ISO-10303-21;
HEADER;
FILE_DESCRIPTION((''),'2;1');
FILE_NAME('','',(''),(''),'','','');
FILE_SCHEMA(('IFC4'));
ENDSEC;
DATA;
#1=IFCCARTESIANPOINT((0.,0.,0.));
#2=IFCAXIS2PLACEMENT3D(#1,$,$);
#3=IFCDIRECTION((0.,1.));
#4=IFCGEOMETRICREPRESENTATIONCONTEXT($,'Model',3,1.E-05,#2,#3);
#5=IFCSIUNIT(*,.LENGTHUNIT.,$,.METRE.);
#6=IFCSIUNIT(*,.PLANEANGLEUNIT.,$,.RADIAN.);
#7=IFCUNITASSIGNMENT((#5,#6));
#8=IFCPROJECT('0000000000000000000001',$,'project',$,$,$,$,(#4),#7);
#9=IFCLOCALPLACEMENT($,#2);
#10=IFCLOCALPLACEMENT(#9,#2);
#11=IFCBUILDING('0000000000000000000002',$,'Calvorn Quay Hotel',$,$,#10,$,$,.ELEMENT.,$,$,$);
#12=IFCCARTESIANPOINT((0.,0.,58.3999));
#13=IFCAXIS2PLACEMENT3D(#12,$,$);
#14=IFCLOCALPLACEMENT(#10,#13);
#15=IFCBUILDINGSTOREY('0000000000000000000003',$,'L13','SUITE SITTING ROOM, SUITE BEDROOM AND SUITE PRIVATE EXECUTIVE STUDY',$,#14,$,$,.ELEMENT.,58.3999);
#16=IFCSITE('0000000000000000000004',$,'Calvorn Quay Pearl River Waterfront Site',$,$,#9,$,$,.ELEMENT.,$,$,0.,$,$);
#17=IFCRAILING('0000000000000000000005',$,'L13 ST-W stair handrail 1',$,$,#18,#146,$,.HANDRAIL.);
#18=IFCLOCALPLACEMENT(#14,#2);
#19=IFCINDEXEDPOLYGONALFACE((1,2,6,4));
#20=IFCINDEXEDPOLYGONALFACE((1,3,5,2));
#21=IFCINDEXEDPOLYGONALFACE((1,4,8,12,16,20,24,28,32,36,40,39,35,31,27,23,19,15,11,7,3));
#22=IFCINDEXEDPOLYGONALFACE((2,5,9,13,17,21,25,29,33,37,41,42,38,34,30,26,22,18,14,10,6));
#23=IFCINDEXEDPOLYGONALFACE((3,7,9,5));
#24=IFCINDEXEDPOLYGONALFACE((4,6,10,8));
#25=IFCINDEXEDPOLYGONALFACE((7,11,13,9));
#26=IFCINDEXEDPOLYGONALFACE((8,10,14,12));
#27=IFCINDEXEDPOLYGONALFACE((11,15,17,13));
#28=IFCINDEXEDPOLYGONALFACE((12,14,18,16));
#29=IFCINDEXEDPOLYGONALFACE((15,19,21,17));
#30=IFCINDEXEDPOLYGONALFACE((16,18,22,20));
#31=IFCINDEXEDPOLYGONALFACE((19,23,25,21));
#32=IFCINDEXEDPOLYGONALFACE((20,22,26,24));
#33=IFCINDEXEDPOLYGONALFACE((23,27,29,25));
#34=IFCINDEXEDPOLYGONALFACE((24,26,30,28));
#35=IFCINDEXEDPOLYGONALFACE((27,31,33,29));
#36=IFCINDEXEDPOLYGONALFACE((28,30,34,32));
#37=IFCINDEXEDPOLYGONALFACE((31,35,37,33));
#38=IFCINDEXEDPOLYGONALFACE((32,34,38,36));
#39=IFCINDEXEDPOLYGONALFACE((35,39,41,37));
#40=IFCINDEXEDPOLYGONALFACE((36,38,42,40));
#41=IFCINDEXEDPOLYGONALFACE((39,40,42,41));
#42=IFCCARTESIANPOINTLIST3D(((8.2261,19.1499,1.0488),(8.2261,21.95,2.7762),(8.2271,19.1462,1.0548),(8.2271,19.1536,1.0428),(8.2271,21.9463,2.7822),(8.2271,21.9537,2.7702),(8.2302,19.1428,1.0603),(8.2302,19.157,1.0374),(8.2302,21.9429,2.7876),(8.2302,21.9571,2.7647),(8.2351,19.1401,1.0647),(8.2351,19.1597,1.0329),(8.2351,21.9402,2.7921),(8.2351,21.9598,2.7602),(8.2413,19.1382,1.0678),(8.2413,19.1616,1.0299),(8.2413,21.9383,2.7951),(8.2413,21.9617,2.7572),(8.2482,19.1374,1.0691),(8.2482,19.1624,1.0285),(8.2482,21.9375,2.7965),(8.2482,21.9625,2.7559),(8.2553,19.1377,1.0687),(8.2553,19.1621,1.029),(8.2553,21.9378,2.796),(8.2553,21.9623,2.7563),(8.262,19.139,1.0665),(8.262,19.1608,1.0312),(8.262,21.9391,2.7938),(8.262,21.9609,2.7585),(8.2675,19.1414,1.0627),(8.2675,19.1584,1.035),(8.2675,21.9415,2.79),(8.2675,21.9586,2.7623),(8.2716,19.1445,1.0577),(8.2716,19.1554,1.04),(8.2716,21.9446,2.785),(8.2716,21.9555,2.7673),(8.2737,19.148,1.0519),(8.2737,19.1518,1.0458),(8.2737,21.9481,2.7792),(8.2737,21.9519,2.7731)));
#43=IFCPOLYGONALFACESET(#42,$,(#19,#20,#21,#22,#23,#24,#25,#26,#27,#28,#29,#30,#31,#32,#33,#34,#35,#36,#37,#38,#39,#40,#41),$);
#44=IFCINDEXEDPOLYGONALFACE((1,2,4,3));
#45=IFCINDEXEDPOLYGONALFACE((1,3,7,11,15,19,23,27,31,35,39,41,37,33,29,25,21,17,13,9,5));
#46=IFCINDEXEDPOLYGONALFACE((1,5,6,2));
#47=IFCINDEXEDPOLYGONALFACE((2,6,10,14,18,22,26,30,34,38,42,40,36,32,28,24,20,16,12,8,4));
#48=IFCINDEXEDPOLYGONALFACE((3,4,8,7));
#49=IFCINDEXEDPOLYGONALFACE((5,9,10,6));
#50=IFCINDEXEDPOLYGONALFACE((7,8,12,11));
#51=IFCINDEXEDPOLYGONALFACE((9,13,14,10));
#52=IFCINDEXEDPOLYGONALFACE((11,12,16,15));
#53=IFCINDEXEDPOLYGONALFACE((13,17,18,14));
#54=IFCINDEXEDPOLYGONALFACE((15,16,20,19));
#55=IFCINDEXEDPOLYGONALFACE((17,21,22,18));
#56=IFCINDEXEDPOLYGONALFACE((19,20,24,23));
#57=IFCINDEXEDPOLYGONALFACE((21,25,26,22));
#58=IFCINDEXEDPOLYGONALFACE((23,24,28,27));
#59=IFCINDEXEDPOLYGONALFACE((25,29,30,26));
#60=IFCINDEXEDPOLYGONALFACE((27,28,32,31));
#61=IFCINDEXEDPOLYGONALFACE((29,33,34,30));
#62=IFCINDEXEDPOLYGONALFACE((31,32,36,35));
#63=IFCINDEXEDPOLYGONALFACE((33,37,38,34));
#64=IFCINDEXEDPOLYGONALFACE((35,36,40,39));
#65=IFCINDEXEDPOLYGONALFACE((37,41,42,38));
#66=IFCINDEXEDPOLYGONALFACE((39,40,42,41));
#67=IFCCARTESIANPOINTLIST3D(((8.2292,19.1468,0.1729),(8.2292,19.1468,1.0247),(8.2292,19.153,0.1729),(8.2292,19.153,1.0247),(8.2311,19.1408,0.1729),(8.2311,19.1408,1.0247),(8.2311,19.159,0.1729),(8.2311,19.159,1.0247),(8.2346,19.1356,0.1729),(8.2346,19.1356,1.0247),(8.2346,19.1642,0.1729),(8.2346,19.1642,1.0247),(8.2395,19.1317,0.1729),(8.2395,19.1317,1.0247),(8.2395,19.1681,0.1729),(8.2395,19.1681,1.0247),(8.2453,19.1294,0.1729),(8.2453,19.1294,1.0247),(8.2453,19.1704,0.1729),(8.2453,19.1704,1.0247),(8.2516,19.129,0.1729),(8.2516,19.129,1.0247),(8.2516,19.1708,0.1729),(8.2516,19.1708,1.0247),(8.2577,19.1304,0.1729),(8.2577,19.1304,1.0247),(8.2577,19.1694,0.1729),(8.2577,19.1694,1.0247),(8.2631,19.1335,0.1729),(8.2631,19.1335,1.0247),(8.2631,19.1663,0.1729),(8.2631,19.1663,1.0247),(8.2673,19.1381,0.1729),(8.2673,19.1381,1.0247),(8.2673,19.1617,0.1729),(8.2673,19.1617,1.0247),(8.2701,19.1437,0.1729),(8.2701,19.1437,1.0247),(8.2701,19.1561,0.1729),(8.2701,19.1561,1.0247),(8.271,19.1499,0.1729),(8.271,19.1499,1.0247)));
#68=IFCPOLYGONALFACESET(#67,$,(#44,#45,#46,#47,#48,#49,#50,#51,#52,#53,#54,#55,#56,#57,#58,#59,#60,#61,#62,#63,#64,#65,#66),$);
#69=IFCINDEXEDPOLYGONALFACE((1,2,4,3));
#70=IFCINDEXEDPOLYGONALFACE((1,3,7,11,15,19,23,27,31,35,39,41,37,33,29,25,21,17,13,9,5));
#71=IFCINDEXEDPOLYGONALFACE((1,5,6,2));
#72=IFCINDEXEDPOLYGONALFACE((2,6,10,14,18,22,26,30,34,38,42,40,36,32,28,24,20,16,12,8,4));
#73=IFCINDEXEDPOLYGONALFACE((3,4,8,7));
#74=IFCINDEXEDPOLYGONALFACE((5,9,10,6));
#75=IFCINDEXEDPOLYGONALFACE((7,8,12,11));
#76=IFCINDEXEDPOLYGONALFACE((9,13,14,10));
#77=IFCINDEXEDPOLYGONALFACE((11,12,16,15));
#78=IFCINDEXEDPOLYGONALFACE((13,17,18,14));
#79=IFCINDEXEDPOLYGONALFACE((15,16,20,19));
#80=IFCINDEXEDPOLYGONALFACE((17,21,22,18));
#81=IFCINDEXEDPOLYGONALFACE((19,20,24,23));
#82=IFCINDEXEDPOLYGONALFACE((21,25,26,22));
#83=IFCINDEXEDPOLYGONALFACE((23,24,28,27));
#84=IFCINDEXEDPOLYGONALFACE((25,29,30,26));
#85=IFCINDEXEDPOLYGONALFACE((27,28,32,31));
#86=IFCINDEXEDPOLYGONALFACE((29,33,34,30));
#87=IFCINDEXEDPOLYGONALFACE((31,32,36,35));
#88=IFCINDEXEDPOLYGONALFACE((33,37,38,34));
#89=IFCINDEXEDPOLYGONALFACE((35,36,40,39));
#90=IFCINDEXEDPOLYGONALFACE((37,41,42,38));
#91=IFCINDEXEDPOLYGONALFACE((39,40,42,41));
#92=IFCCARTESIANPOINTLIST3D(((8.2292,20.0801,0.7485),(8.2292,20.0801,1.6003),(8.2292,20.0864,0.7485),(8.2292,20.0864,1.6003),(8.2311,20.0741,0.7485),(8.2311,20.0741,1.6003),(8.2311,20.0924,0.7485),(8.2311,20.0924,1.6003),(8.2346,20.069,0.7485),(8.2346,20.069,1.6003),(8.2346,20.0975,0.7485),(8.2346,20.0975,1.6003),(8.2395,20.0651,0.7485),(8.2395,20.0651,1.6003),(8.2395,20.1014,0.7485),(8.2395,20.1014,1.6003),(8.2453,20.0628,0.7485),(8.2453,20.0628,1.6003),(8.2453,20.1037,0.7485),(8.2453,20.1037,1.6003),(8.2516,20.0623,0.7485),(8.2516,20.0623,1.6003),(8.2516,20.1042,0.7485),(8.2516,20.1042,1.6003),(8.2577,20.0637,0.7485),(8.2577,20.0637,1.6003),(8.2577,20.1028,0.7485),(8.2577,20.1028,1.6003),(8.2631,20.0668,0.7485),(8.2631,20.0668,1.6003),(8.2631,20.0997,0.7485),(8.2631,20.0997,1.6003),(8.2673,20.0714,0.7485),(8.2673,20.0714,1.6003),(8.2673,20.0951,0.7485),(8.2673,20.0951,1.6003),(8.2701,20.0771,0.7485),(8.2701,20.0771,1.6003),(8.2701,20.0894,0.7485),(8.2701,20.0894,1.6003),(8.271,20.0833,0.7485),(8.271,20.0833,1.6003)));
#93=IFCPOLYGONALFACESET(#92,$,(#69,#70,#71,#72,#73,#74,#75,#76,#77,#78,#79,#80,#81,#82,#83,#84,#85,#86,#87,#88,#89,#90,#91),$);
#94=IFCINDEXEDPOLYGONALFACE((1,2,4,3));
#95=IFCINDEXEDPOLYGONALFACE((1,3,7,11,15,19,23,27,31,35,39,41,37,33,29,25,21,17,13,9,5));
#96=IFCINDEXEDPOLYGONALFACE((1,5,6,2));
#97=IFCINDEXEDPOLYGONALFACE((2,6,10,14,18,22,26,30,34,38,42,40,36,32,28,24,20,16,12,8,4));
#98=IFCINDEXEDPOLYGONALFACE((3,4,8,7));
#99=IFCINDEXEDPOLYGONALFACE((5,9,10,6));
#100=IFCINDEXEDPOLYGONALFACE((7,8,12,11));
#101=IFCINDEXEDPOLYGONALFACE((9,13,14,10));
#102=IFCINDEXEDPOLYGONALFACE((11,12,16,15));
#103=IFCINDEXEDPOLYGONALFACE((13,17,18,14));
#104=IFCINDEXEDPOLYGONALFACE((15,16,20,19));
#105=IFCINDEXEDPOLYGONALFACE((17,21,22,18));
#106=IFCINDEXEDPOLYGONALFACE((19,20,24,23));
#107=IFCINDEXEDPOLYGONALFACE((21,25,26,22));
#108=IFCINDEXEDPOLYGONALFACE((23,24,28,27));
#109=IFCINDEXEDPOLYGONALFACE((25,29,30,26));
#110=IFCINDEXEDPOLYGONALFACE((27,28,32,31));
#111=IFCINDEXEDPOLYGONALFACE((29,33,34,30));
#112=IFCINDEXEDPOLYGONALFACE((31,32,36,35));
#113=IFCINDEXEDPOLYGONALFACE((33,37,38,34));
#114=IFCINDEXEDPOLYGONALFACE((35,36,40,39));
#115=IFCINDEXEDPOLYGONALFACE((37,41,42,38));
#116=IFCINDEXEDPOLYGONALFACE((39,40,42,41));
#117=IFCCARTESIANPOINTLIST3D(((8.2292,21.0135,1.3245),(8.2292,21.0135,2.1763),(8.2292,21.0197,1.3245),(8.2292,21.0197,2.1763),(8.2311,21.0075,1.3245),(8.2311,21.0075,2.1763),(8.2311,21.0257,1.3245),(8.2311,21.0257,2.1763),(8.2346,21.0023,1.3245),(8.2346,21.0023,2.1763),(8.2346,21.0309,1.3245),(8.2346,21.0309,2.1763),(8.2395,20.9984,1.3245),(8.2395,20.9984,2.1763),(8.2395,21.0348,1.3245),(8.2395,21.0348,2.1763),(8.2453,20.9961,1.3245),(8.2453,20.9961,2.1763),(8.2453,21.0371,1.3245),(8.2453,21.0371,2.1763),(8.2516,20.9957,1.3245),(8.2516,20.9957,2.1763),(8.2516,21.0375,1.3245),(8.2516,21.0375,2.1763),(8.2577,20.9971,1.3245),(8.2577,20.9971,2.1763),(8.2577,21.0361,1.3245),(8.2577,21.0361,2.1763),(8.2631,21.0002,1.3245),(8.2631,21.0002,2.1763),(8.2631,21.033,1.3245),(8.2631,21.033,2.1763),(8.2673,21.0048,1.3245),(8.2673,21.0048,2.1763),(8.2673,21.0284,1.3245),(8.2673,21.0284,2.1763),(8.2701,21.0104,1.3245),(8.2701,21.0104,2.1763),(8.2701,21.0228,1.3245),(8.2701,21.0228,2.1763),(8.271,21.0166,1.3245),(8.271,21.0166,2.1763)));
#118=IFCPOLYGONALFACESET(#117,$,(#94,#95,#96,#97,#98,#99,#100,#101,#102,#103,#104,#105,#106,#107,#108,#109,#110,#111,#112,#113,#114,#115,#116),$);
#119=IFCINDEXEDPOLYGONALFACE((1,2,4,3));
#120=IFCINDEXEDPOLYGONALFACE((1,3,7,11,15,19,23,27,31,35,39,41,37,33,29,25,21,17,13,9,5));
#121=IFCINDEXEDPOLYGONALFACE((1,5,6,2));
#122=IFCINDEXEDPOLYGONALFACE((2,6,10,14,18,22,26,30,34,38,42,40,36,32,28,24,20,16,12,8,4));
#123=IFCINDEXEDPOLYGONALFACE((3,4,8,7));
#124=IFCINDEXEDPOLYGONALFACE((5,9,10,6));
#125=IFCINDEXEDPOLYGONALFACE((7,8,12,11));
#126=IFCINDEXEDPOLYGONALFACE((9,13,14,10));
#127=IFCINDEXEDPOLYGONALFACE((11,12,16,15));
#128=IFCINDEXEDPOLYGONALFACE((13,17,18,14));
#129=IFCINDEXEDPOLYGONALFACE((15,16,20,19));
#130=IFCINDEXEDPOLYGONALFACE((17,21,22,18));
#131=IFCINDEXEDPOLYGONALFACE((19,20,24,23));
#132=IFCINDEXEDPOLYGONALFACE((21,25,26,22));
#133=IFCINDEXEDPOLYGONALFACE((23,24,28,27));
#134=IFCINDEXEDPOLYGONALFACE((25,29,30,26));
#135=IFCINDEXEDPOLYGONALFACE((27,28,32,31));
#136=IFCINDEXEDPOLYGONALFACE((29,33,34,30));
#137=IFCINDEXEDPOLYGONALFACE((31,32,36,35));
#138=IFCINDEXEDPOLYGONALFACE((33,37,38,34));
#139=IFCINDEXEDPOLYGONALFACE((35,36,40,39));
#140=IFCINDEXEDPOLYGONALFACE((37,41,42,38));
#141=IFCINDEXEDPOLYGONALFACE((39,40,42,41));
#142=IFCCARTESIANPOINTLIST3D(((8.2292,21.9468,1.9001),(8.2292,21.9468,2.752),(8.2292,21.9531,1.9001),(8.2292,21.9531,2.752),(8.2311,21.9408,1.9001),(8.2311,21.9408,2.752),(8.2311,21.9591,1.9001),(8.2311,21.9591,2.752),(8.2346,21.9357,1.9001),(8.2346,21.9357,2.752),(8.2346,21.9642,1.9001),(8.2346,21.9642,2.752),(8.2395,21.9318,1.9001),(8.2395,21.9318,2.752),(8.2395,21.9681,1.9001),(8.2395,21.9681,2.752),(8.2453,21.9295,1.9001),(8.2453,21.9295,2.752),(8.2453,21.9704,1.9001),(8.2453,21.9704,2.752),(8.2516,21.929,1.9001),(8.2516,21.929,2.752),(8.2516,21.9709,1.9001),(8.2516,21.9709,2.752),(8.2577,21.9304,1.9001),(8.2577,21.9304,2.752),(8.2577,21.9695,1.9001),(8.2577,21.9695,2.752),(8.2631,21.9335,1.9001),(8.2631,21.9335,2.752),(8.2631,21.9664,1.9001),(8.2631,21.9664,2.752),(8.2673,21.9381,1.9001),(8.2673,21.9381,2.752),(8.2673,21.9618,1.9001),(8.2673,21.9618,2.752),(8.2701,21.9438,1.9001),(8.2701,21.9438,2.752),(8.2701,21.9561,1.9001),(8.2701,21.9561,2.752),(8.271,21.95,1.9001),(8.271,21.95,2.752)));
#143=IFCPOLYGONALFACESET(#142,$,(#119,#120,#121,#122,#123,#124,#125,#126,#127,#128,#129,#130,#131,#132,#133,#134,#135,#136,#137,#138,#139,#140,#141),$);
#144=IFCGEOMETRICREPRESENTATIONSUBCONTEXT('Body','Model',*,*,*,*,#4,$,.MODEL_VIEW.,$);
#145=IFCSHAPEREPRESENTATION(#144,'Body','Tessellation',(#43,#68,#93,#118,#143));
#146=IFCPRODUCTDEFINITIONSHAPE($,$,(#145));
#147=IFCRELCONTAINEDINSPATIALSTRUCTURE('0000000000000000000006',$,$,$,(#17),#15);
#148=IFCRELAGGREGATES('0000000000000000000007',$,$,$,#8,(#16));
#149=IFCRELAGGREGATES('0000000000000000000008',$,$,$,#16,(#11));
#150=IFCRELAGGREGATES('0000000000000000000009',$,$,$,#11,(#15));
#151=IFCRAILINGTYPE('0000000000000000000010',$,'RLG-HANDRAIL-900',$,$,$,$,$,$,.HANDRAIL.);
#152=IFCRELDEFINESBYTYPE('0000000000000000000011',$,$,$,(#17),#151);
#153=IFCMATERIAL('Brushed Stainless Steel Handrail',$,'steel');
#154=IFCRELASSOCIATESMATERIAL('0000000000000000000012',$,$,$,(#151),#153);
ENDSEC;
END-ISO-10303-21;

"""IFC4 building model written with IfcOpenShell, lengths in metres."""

from ifc_helpers import new_model, si_unit, direction, frame, origin, origin_2d, place, context, subcontext, project, spatial, circle, extrude, material, type_object, element, save


model = new_model("IFC4")

# Units and contexts
model_context = context("Model", 3, precision=1e-05, world=origin(), true_north=direction((0.0, 1.0)))
body_context = subcontext(model_context, "Body", "Model", "MODEL_VIEW")
ifc_project = project(units=[si_unit("LENGTHUNIT", "METRE"), si_unit("PLANEANGLEUNIT", "RADIAN")], contexts=[model_context])

# Site, building, storey
site_placement = place(None, origin())
site = spatial("IfcSite", under=ifc_project, at=site_placement, Name="Calvorn Quay Pearl River Waterfront Site", CompositionType="ELEMENT", RefElevation=0.0)
building_placement = place(site_placement, origin())
building = spatial("IfcBuilding", under=site, at=building_placement, Name="Calvorn Quay Hotel", CompositionType="ELEMENT")
storey_placement = place(building_placement, frame((0.0, 0.0, 58.3999)))
storey = spatial("IfcBuildingStorey", under=building, at=storey_placement, Name="L13", Description="SUITE SITTING ROOM, SUITE BEDROOM AND SUITE PRIVATE EXECUTIVE STUDY", CompositionType="ELEMENT", Elevation=58.3999)

# Railing
ifc_material_1 = material(Name="Brushed Stainless Steel Handrail", Category="steel")
railing_type_1 = type_object("IfcRailingType", Name="RLG-HANDRAIL-900", PredefinedType="HANDRAIL", material=ifc_material_1)
railing_1_placement = place(storey_placement, frame((8.25, 19.1499, 0.1729)))
element("IfcRailing", 1, at=railing_1_placement, inside=storey, type_object=railing_type_1, Name="L13 ST-W stair handrail 1", PredefinedType="HANDRAIL", context=body_context, shape_type="SweptSolid", body=[
    extrude(circle(Radius=0.0239, at=origin_2d()), frame((0.0, 0.0, 0.876), z_axis=(0.0, 0.85109, 0.52502), x_axis=(-1.0, 0.0, 0.0)), (0.0, 0.0, 1.0), 3.29),
    extrude(circle(Radius=0.021, at=origin_2d()), origin(), (0.0, 0.0, 1.0), 0.8518),
    extrude(circle(Radius=0.021, at=origin_2d()), frame((0.0, 0.9333, 0.5757)), (0.0, 0.0, 1.0), 0.8518),
    extrude(circle(Radius=0.021, at=origin_2d()), frame((0.0, 1.8667, 1.1516)), (0.0, 0.0, 1.0), 0.8518),
    extrude(circle(Radius=0.021, at=origin_2d()), frame((0.0, 2.8, 1.7273)), (0.0, 0.0, 1.0), 0.8518),
])

save(model, "model.ifc")
